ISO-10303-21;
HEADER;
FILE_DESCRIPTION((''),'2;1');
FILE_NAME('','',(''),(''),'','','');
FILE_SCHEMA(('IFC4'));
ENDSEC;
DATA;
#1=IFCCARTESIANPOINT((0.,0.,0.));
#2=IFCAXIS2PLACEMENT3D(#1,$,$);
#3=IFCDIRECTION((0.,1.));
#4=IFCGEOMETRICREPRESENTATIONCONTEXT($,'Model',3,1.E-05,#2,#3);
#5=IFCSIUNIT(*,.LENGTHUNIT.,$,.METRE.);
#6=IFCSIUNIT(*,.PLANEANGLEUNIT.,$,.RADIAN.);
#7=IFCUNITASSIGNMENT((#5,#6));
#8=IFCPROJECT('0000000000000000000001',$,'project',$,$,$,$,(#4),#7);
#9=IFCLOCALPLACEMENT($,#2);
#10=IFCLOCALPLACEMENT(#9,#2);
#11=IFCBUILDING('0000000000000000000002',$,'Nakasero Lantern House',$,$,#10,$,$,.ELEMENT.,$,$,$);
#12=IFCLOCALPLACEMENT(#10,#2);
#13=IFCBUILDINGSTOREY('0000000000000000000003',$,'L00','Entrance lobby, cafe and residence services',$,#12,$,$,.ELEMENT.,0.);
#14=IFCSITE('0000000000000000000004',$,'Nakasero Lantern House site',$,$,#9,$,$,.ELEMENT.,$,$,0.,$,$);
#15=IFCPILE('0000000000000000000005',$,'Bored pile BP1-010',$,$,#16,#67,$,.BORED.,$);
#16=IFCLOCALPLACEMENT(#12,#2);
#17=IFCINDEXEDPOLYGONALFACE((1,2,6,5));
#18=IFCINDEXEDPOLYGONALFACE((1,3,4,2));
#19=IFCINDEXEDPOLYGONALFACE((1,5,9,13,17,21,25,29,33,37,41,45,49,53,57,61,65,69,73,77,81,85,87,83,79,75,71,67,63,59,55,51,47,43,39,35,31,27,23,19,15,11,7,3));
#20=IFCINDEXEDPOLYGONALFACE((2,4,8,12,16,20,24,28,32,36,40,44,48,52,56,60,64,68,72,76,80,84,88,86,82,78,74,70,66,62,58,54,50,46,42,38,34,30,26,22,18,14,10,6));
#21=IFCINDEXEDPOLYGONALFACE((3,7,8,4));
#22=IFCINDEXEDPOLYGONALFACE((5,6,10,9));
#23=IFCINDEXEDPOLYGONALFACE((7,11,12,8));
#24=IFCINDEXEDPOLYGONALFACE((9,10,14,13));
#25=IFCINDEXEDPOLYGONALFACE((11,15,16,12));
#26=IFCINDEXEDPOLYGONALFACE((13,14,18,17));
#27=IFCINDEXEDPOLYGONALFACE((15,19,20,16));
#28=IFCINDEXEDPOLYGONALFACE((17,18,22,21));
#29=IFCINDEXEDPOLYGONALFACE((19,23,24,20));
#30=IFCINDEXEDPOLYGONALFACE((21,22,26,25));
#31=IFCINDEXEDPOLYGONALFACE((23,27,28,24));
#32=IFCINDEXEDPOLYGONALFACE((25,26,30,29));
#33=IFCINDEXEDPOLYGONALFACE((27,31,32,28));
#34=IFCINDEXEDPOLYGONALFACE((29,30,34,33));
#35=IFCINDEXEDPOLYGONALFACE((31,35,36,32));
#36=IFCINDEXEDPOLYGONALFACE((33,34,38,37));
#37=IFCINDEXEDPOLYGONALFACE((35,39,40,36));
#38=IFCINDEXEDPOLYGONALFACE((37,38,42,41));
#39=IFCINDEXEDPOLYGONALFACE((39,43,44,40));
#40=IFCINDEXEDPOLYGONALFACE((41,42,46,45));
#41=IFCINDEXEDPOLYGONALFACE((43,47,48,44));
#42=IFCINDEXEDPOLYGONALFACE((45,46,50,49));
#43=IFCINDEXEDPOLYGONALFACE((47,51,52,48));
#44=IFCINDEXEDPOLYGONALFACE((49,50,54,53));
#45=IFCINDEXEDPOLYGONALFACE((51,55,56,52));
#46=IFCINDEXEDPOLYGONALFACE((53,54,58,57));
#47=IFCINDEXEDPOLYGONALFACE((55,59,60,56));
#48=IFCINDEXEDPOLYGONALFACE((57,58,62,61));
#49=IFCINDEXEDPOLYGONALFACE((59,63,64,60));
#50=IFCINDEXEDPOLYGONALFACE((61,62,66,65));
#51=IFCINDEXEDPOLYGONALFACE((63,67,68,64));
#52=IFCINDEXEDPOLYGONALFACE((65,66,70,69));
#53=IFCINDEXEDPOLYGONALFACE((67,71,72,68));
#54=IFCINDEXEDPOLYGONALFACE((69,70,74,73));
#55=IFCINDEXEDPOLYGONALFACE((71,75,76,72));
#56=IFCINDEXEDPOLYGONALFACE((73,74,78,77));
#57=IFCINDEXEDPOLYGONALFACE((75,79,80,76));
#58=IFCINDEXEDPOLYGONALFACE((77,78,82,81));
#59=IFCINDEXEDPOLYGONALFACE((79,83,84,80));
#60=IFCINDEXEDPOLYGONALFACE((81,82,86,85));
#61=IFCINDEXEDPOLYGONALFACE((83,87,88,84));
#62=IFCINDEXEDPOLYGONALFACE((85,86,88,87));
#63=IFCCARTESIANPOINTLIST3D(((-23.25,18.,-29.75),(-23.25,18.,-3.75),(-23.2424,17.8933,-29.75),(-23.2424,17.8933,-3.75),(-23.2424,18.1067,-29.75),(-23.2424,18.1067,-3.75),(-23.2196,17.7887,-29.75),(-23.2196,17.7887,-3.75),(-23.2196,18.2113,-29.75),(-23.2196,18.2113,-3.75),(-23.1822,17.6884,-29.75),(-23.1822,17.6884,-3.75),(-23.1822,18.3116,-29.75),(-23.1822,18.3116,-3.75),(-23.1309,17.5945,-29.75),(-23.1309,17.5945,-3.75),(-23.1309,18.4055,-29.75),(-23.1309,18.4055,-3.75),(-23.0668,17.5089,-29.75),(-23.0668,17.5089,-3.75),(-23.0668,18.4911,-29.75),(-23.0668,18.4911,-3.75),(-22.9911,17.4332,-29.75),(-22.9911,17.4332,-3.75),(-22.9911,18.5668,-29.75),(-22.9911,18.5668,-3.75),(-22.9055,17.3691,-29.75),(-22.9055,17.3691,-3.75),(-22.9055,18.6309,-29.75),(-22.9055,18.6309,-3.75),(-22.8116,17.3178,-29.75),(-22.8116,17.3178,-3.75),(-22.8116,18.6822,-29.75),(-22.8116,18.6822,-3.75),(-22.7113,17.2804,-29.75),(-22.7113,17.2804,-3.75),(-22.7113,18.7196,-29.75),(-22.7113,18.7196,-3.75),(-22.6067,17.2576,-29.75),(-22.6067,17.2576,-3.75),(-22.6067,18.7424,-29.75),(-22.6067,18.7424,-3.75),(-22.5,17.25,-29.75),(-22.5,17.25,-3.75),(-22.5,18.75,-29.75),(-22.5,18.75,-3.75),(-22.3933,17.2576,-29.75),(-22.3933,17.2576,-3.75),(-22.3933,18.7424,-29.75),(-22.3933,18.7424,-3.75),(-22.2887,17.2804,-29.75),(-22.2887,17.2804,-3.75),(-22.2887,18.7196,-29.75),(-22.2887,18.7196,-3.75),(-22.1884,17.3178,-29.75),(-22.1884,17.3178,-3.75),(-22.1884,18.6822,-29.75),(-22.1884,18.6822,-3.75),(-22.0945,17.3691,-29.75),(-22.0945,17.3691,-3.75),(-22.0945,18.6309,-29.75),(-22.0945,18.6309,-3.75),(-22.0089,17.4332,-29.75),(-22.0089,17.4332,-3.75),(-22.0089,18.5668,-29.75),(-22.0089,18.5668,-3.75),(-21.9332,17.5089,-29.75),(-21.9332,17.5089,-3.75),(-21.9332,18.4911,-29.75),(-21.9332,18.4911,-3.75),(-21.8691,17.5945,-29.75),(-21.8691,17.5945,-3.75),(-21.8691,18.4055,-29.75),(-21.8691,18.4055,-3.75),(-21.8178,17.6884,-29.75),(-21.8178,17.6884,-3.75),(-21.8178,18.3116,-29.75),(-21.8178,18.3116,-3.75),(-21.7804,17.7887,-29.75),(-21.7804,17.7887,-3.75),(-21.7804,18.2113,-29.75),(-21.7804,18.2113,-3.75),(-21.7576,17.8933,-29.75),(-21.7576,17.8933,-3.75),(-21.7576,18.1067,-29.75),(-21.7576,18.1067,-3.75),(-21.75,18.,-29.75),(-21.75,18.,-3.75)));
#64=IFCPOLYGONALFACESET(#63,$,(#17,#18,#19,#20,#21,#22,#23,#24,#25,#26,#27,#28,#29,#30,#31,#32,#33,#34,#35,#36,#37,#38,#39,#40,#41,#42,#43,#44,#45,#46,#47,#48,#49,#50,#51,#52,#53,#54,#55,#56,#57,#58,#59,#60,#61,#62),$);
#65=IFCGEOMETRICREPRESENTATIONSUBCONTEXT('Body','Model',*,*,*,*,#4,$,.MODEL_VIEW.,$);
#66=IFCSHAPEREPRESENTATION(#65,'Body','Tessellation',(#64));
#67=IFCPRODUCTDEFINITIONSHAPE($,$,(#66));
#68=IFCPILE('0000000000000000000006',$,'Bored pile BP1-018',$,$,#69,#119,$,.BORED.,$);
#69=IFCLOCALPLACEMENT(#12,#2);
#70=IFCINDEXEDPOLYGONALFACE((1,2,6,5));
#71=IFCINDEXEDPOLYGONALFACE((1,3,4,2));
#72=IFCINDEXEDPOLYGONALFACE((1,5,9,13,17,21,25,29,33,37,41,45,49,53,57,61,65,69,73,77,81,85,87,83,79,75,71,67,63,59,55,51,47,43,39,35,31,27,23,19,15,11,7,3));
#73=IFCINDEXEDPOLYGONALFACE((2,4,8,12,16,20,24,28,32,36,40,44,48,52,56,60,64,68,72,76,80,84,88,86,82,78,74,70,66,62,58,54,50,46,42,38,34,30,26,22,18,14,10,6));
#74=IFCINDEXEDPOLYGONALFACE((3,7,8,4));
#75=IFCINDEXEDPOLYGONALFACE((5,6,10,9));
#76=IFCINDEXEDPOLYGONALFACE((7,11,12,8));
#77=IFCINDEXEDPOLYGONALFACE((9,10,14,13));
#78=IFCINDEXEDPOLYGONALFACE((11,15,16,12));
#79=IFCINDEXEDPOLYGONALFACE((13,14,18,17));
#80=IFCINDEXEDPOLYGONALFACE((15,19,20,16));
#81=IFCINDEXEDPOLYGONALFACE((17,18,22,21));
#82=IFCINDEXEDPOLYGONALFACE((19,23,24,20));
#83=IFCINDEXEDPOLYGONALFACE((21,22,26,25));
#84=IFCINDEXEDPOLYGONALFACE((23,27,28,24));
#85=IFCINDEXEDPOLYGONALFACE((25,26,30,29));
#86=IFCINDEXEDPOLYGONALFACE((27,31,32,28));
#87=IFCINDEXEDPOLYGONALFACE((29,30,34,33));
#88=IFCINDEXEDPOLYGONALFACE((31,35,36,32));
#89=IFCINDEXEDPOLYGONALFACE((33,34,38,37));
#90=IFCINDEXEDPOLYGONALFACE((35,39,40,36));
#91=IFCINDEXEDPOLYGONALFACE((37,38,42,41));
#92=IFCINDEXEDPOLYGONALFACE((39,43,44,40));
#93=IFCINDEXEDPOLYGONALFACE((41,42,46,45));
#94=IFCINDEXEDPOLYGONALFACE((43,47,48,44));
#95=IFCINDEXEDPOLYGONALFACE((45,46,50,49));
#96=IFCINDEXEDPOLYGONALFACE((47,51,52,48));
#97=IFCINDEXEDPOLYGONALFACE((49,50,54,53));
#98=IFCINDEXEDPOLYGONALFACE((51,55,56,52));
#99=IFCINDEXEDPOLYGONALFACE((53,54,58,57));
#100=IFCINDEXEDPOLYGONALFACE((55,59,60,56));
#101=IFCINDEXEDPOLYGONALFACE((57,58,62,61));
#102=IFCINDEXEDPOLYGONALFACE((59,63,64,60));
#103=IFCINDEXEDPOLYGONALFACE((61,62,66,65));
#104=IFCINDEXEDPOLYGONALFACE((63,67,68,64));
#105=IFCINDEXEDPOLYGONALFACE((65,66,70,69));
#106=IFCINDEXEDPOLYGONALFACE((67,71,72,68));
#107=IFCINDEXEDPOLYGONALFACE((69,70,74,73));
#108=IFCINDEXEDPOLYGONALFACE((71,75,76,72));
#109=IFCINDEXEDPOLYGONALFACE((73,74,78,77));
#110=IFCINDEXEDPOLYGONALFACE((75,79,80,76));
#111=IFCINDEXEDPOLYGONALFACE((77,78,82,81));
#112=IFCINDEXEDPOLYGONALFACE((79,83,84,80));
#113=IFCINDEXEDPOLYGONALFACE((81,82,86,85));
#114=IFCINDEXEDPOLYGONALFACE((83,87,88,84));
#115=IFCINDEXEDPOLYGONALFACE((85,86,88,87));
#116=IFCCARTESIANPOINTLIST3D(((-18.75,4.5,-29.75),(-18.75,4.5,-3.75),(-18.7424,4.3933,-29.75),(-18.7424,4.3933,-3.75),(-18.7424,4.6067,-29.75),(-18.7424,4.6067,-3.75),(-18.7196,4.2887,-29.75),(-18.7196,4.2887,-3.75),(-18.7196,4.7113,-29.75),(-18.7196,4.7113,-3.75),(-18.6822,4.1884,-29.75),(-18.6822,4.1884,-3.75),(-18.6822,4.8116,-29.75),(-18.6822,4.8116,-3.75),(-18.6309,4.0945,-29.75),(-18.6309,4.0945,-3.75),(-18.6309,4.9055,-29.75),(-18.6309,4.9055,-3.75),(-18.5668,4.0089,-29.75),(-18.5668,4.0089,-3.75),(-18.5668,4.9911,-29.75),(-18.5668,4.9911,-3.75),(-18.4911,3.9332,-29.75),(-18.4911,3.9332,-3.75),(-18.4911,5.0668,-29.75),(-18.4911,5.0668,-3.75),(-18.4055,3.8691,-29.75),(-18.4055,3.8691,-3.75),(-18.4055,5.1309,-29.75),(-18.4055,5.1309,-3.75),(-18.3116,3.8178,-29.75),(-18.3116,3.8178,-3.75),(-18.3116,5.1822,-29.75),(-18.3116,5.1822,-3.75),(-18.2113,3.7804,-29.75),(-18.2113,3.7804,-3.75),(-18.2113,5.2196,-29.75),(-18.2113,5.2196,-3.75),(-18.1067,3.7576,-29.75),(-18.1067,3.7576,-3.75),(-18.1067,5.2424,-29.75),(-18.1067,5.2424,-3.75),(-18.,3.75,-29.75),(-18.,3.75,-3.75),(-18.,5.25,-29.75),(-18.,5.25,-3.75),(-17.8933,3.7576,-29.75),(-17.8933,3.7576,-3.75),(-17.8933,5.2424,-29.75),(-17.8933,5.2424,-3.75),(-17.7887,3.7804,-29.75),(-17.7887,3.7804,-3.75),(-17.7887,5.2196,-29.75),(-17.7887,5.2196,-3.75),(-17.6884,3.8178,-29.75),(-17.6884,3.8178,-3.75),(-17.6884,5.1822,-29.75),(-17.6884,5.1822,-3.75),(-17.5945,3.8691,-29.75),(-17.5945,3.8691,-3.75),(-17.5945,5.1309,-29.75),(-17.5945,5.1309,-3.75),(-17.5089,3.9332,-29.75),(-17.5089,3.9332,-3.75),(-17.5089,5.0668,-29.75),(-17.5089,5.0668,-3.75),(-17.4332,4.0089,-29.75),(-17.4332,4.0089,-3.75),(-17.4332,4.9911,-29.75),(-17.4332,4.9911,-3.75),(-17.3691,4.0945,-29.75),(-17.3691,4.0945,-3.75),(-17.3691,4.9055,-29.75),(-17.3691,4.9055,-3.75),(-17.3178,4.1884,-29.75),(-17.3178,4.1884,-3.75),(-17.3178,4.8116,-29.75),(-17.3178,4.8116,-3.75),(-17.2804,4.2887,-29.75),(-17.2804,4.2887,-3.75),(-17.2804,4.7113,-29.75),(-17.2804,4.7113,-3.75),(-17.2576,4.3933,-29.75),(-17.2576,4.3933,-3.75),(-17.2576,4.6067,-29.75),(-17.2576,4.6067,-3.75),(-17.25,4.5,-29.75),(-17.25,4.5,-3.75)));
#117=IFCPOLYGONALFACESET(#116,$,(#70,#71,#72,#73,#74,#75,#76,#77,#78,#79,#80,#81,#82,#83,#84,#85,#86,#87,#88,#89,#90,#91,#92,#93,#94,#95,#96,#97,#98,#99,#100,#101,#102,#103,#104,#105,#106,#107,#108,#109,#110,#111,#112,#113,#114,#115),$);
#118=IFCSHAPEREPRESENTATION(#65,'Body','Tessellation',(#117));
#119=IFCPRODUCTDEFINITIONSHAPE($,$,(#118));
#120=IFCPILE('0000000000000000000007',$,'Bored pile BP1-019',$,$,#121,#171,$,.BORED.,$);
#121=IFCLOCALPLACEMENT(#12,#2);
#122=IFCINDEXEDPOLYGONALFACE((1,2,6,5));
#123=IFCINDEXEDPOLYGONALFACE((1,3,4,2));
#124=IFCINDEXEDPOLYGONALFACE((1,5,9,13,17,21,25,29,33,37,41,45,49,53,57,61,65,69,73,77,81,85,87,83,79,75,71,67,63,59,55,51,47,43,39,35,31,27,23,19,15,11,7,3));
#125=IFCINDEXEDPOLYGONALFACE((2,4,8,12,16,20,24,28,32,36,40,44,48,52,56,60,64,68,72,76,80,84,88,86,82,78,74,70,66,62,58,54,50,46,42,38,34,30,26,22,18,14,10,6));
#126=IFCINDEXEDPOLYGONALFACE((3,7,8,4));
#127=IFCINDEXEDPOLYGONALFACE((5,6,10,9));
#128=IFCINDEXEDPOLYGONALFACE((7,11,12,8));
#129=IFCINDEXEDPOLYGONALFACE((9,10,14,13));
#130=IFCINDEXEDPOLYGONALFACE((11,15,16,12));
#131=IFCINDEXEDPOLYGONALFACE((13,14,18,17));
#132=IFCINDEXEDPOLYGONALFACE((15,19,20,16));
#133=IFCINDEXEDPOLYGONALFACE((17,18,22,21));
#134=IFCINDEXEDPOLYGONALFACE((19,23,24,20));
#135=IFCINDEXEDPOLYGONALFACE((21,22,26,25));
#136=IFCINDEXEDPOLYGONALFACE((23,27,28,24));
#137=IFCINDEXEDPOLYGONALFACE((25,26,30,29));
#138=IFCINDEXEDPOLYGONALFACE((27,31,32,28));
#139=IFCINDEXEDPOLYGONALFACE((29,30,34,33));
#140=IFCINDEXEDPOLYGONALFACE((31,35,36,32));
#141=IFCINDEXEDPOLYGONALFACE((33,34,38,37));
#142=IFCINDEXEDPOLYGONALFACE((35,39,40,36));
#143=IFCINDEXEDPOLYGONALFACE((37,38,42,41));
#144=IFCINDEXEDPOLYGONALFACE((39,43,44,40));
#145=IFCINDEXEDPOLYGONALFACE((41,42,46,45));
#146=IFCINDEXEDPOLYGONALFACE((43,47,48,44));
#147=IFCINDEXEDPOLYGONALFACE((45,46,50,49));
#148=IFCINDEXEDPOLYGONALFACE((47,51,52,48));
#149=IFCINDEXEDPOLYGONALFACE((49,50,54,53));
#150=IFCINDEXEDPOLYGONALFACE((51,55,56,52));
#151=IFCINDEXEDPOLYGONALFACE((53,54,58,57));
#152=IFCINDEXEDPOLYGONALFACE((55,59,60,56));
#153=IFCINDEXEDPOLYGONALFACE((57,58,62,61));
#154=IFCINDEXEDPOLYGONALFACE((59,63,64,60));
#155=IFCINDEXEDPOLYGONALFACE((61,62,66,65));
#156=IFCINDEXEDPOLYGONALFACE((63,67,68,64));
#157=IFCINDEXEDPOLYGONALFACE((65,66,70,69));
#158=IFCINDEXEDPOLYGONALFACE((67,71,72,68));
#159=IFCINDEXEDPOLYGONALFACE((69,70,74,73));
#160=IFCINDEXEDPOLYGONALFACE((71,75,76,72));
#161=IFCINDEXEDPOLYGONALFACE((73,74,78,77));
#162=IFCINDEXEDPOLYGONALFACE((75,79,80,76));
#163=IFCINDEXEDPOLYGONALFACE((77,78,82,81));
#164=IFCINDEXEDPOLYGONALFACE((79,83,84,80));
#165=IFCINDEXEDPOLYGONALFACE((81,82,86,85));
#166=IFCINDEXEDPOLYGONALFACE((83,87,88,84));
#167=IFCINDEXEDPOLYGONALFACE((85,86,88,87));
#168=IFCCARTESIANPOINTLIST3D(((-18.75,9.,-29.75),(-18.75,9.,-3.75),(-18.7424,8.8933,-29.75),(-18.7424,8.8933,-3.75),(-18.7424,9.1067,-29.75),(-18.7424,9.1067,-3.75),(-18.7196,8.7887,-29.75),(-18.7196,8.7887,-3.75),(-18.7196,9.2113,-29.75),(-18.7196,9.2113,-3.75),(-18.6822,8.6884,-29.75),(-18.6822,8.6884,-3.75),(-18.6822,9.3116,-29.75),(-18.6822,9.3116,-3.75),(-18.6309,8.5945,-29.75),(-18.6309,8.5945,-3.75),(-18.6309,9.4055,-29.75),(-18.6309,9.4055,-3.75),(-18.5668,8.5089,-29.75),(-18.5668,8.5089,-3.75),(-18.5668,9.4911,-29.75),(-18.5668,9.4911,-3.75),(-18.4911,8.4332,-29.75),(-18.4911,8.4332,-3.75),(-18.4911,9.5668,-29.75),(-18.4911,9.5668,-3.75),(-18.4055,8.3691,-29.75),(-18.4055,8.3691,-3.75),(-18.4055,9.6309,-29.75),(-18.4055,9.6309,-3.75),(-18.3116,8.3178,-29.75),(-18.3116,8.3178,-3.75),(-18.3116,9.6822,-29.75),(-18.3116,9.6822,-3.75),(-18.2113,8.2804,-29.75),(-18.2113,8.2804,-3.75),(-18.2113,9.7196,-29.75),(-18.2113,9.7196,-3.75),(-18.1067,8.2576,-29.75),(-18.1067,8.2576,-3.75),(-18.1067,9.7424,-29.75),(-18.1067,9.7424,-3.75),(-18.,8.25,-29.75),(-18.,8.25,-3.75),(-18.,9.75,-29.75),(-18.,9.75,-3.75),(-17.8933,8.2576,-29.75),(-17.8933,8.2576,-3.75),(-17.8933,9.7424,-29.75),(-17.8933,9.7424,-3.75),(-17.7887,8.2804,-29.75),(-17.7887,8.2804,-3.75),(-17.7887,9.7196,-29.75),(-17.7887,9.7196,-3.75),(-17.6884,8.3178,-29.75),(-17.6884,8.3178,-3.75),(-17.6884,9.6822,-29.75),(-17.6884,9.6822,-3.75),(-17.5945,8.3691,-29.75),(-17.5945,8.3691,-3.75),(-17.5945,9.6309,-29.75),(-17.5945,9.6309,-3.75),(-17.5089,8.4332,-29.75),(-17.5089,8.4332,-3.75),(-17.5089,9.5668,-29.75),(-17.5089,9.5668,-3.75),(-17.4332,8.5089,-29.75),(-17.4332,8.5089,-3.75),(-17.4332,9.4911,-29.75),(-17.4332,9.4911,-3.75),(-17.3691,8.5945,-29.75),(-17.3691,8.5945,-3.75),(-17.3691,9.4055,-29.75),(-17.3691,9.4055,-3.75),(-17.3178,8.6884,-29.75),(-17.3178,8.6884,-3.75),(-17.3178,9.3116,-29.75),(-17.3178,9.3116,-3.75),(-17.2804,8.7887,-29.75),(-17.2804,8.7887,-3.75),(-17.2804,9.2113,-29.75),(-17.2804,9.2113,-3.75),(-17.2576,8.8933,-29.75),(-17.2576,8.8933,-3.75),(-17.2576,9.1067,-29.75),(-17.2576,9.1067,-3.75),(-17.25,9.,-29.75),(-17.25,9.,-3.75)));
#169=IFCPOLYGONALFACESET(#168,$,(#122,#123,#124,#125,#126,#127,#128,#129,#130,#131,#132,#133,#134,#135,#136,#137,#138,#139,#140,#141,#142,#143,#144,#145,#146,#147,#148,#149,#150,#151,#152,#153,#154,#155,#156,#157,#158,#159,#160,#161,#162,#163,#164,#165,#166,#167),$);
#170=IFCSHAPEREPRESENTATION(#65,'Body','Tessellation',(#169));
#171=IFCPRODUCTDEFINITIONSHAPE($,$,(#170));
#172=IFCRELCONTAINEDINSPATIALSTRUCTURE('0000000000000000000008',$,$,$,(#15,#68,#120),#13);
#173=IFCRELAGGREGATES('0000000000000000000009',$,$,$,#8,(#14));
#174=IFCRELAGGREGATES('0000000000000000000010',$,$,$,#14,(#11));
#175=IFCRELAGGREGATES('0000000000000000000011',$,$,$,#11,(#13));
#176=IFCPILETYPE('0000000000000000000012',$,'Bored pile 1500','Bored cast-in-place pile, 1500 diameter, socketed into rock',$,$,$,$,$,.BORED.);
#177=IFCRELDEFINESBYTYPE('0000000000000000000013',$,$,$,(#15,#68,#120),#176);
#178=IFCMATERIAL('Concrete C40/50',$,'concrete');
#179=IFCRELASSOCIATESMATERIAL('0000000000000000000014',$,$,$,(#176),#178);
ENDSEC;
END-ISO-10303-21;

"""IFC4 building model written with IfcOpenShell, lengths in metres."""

from ifc_helpers import new_model, si_unit, direction, frame, origin, origin_2d, place, context, subcontext, project, spatial, circle, extrude, material, type_object, element, save


model = new_model("IFC4")

# Units and contexts
model_context = context("Model", 3, precision=1e-05, world=origin(), true_north=direction((0.0, 1.0)))
body_context = subcontext(model_context, "Body", "Model", "MODEL_VIEW")
ifc_project = project(units=[si_unit("LENGTHUNIT", "METRE"), si_unit("PLANEANGLEUNIT", "RADIAN")], contexts=[model_context])

# Site, building, storey
site_placement = place(None, origin())
site = spatial("IfcSite", under=ifc_project, at=site_placement, Name="Nakasero Lantern House site", CompositionType="ELEMENT", RefElevation=0.0)
building_placement = place(site_placement, origin())
building = spatial("IfcBuilding", under=site, at=building_placement, Name="Nakasero Lantern House", CompositionType="ELEMENT")
storey_placement = place(building_placement, origin())
storey = spatial("IfcBuildingStorey", under=building, at=storey_placement, Name="L00", Description="Entrance lobby, cafe and residence services", CompositionType="ELEMENT", Elevation=0.0)

# Piles
ifc_material_1 = material(Name="Concrete C40/50", Category="concrete")
pile_type = type_object("IfcPileType", Name="Bored pile 1500", Description="Bored cast-in-place pile, 1500 diameter, socketed into rock", PredefinedType="BORED", material=ifc_material_1)
for number, where, z_axis, x_axis, name in (
    (1, (-22.5, 18.0, -3.75), (0.0, 0.0, -1.0), (1.0, 0.0, 0.0), "Bored pile BP1-010"),
    (2, (-18.0, 4.5, -3.75), (0.0, 0.0, -1.0), (1.0, 0.0, 0.0), "Bored pile BP1-018"),
    (3, (-18.0, 9.0, -3.75), (0.0, 0.0, -1.0), (1.0, 0.0, 0.0), "Bored pile BP1-019"),
):
    element("IfcPile", number, at=place(storey_placement, frame(where, z_axis=z_axis, x_axis=x_axis)), inside=storey, type_object=pile_type, Name=name, PredefinedType="BORED", context=body_context, shape_type="SweptSolid", body=[
        extrude(circle(Radius=0.75, at=origin_2d()), origin(), (0.0, 0.0, 1.0), 26.0),
    ])

save(model, "model.ifc")
